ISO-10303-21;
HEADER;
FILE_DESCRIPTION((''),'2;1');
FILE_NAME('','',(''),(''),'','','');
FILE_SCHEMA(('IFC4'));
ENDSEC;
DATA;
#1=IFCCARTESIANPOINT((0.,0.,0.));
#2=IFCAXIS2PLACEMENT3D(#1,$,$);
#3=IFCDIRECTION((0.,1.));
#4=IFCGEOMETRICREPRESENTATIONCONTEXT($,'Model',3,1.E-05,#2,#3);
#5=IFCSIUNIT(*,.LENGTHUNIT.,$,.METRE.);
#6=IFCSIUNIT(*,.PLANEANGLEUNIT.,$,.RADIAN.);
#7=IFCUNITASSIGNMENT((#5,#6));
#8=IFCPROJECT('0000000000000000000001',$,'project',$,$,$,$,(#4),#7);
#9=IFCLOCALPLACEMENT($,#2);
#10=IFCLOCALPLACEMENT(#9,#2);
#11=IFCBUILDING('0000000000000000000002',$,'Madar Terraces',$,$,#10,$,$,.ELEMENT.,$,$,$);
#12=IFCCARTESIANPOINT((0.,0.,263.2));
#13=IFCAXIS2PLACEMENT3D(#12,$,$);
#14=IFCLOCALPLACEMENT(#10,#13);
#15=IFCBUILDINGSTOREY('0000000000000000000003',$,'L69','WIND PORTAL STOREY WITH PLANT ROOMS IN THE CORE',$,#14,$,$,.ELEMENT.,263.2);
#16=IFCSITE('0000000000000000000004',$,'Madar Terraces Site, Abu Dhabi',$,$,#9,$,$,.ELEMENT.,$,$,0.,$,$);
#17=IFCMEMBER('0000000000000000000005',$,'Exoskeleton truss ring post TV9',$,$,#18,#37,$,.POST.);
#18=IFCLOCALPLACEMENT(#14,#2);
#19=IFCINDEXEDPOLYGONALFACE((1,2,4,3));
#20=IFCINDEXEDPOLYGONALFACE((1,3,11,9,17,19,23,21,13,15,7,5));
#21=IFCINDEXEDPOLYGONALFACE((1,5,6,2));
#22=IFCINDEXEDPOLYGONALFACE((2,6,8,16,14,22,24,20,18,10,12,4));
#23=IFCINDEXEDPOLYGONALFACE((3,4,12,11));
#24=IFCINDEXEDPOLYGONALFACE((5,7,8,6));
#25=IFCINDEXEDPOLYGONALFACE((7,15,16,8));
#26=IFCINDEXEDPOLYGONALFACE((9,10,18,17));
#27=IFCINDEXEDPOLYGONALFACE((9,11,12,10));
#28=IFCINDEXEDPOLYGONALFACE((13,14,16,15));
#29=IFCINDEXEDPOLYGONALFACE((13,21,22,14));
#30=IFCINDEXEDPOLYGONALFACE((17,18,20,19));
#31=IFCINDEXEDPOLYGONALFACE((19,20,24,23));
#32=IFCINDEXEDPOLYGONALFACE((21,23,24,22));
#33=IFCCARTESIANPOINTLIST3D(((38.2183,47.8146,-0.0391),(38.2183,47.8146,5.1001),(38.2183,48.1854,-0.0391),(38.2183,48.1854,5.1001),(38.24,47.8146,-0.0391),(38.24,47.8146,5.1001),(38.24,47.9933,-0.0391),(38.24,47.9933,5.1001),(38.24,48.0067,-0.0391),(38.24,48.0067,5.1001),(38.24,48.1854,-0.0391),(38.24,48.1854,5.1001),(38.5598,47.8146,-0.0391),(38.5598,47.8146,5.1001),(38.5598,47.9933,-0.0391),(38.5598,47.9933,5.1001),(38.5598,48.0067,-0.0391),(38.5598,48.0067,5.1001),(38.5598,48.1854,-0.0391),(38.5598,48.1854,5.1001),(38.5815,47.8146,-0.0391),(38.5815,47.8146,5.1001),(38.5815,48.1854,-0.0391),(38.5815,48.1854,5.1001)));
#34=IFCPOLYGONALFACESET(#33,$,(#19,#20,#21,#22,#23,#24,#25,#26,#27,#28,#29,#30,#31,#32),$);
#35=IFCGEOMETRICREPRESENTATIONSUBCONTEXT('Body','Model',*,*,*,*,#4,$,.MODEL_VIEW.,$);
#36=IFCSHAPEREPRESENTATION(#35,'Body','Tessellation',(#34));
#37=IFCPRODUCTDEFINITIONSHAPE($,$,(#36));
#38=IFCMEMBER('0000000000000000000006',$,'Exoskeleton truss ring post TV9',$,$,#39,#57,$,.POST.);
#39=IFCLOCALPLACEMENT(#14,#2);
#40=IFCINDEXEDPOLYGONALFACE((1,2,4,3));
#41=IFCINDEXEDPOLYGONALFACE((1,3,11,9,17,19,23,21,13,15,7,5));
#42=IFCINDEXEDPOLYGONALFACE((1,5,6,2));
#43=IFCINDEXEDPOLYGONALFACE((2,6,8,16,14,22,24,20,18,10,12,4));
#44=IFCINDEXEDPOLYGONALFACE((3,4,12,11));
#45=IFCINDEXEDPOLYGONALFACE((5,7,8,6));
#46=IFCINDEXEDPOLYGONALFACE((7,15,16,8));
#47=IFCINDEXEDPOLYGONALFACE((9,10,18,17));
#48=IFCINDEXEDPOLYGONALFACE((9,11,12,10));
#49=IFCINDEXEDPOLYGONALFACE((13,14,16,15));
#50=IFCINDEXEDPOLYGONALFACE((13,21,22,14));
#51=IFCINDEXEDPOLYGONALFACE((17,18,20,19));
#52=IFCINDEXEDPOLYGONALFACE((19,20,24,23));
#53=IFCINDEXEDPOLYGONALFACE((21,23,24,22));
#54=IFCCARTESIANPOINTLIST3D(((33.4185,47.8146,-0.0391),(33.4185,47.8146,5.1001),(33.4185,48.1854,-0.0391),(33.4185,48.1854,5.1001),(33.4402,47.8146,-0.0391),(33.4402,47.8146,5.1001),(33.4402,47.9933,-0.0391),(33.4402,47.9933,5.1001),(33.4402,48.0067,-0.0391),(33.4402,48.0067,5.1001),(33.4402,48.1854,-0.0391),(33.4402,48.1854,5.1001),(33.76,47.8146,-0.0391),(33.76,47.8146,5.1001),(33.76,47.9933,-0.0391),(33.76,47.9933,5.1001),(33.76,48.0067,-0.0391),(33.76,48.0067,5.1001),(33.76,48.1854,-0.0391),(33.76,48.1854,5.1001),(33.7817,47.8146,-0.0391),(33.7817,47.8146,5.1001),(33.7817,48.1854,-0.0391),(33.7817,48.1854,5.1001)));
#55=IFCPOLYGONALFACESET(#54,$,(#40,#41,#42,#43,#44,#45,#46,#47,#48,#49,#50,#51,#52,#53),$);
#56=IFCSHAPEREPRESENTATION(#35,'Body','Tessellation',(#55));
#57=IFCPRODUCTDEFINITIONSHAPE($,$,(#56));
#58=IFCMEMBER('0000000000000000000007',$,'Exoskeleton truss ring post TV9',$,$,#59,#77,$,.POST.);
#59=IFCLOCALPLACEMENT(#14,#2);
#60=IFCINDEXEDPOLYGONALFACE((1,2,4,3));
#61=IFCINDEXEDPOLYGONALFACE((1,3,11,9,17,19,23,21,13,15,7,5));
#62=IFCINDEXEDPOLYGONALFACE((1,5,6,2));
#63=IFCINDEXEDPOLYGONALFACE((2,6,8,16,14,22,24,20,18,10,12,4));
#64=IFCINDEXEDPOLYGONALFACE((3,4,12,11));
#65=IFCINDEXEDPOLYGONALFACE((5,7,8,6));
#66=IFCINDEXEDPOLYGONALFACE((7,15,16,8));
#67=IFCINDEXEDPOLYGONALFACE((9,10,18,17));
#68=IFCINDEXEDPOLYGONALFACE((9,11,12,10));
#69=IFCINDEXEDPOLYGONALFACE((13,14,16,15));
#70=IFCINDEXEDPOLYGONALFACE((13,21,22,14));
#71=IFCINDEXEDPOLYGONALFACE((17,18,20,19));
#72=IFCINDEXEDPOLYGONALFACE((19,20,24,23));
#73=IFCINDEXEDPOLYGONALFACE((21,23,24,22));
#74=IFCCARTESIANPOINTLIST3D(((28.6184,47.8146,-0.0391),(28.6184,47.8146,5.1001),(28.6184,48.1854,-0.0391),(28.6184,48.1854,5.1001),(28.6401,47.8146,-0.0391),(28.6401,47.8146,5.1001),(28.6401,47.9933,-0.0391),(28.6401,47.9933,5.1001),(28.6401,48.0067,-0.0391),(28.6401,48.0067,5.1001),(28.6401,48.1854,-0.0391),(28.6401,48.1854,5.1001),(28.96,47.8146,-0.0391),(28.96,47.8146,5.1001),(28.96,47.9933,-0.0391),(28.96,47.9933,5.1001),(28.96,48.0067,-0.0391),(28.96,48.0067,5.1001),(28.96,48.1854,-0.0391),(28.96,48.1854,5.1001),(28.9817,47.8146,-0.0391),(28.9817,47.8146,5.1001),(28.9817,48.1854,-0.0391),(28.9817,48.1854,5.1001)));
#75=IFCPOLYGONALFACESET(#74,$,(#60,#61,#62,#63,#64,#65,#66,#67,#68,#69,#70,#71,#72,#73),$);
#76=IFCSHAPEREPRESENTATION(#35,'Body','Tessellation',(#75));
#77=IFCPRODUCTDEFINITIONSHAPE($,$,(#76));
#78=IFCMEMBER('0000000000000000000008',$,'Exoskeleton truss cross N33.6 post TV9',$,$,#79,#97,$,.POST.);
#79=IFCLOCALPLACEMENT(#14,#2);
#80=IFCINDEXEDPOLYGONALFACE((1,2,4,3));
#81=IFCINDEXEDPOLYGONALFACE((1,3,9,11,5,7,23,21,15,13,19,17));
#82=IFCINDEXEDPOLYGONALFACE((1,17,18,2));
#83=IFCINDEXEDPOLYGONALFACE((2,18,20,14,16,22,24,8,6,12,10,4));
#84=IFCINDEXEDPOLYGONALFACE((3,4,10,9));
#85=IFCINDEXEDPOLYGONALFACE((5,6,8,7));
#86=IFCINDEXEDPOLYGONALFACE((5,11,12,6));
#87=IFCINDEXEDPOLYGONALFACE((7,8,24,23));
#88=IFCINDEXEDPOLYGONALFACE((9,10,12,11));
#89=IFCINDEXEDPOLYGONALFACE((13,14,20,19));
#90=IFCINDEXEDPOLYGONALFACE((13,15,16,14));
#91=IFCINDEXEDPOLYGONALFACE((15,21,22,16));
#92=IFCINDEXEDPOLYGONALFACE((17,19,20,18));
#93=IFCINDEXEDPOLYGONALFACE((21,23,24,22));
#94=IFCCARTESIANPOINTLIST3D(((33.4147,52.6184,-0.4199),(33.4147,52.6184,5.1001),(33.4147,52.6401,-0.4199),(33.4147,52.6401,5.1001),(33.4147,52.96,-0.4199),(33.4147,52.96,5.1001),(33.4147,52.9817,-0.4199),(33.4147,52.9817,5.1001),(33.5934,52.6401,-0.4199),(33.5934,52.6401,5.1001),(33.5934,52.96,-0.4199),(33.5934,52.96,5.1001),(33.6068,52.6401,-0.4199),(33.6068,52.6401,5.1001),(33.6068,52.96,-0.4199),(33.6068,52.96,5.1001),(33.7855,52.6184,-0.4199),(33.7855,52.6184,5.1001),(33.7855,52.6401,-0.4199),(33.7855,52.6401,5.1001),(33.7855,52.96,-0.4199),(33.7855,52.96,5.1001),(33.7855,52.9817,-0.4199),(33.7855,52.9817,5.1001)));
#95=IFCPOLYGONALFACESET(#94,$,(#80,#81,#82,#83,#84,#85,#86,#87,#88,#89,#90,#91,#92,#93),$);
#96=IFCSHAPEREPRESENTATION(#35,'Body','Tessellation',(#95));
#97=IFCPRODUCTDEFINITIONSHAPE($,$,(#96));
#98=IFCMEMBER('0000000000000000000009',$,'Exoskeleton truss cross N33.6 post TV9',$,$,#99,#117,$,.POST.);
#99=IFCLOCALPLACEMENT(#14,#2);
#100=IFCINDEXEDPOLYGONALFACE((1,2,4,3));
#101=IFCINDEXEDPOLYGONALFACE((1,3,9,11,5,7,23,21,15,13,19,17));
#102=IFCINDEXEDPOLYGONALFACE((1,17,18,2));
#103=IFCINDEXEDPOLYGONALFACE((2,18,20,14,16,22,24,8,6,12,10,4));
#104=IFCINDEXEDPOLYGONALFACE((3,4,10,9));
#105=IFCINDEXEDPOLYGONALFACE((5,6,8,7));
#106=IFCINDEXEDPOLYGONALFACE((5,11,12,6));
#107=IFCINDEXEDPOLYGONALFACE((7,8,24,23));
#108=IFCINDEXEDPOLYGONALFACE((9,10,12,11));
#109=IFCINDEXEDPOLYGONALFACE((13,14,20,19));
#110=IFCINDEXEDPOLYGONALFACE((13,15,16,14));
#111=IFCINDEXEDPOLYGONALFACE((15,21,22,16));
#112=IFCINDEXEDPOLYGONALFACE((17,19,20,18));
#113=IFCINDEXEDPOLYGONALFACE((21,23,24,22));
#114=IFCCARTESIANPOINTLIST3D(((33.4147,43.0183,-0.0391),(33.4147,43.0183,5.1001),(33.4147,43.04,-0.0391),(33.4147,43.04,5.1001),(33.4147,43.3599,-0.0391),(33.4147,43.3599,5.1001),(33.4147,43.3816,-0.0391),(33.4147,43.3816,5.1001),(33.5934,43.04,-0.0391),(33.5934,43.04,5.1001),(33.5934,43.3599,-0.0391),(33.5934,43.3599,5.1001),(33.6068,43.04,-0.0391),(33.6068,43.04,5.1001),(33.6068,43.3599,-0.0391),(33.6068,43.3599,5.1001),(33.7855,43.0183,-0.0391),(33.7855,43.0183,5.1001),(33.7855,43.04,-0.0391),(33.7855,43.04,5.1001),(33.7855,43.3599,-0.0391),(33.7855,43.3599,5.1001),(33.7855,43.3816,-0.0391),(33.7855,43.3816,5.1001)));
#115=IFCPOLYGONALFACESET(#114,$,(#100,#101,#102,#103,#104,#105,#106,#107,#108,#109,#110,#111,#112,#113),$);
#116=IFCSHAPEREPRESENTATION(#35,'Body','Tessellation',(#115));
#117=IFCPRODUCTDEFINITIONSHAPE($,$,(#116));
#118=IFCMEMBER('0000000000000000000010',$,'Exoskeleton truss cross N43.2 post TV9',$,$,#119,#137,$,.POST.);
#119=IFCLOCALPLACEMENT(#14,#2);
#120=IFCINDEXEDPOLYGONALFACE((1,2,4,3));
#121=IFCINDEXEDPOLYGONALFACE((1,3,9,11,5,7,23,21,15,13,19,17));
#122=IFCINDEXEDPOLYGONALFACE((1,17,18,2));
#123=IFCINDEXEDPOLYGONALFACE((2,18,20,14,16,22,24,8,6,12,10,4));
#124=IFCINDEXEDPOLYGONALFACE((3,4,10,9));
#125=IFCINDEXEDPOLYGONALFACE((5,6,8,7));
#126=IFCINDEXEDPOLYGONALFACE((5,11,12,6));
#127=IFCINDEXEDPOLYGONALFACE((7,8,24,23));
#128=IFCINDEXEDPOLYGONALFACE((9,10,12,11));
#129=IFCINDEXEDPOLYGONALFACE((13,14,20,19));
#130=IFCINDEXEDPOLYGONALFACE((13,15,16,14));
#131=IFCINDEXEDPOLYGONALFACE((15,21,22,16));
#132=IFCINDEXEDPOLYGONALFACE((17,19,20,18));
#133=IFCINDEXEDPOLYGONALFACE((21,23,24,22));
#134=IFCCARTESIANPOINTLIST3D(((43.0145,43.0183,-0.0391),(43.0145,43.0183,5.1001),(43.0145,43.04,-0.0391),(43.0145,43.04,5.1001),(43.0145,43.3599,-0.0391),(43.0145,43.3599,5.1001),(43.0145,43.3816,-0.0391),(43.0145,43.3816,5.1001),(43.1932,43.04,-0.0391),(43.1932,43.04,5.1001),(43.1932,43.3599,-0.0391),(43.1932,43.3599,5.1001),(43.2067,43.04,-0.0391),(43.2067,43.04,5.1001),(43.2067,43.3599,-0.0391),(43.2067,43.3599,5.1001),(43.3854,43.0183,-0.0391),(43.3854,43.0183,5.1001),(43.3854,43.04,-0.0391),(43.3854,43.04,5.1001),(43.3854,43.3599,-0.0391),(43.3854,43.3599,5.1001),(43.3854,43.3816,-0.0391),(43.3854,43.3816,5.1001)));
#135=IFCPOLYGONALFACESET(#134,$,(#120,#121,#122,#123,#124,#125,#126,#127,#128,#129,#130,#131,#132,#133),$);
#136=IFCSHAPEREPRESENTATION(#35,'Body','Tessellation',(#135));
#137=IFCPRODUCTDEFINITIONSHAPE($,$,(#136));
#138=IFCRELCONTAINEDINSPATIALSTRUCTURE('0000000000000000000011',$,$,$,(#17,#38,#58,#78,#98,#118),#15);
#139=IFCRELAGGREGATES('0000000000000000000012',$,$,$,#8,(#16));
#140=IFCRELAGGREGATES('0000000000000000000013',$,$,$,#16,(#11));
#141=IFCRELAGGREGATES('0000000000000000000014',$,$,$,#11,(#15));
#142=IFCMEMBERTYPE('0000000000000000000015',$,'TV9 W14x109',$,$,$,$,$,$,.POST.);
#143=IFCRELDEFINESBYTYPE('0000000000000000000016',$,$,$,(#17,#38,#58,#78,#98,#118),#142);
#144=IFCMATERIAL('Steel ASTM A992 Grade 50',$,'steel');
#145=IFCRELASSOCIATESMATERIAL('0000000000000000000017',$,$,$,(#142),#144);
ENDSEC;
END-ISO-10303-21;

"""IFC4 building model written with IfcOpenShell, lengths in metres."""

from ifc_helpers import new_model, si_unit, direction, frame, origin, origin_2d, place, context, subcontext, project, spatial, i_section, extrude, material, material_profile, profile_set, type_object, element, save


model = new_model("IFC4")

# Units and contexts
model_context = context("Model", 3, precision=1e-05, world=origin(), true_north=direction((0.0, 1.0)))
body_context = subcontext(model_context, "Body", "Model", "MODEL_VIEW")
ifc_project = project(units=[si_unit("LENGTHUNIT", "METRE"), si_unit("PLANEANGLEUNIT", "RADIAN")], contexts=[model_context])

# Site, building, storey
site_placement = place(None, origin())
site = spatial("IfcSite", under=ifc_project, at=site_placement, Name="Madar Terraces Site, Abu Dhabi", CompositionType="ELEMENT", RefElevation=0.0)
building_placement = place(site_placement, origin())
building = spatial("IfcBuilding", under=site, at=building_placement, Name="Madar Terraces", CompositionType="ELEMENT")
storey_placement = place(building_placement, frame((0.0, 0.0, 263.2)))
storey = spatial("IfcBuildingStorey", under=building, at=storey_placement, Name="L69", Description="WIND PORTAL STOREY WITH PLANT ROOMS IN THE CORE", CompositionType="ELEMENT", Elevation=263.2)

# Members
ifc_material_1 = material(Name="Steel ASTM A992 Grade 50", Category="steel")
ifc_material_profile_1 = material_profile(ifc_material_1, i_section(OverallWidth=0.3708, OverallDepth=0.3633, WebThickness=0.0134, FlangeThickness=0.0217, at=origin_2d()), Name="W14x109")
ifc_profile_set_1 = profile_set([ifc_material_profile_1], Name="Steel ASTM A992 Grade 50")
member_type_1 = type_object("IfcMemberType", Name="TV9 W14x109", PredefinedType="POST", material=ifc_profile_set_1)
for number, where, z_axis, x_axis, name in (
    (1, (38.3999, 48.0, -0.0391), (0.0, 0.0, 1.0), (0.0, -1.0, 0.0), "Exoskeleton truss ring post TV9"),
    (2, (33.6001, 48.0, -0.0391), (0.0, 0.0, 1.0), (0.0, -1.0, 0.0), "Exoskeleton truss ring post TV9"),
    (3, (28.8, 48.0, -0.0391), (0.0, 0.0, 1.0), (0.0, -1.0, 0.0), "Exoskeleton truss ring post TV9"),
):
    element("IfcMember", number, at=place(storey_placement, frame(where, z_axis=z_axis, x_axis=x_axis)), inside=storey, type_object=member_type_1, Name=name, PredefinedType="POST", context=body_context, shape_type="SweptSolid", body=[
        extrude(i_section(OverallWidth=0.3708, OverallDepth=0.3633, WebThickness=0.0134, FlangeThickness=0.0217, at=origin_2d()), origin(), (0.0, 0.0, 1.0), 5.1392),
    ])
member_1_placement = place(storey_placement, frame((33.6001, 52.8, -0.4199), z_axis=(0.0, 0.0, 1.0), x_axis=(-1.0, 0.0, 0.0)))
element("IfcMember", 4, at=member_1_placement, inside=storey, type_object=member_type_1, Name="Exoskeleton truss cross N33.6 post TV9", PredefinedType="POST", context=body_context, shape_type="SweptSolid", body=[
    extrude(i_section(OverallWidth=0.3708, OverallDepth=0.3633, WebThickness=0.0134, FlangeThickness=0.0217, at=origin_2d()), origin(), (0.0, 0.0, 1.0), 5.52),
])
for number, where, z_axis, x_axis, name in (
    (5, (33.6001, 43.2, -0.0391), (0.0, 0.0, 1.0), (-1.0, 0.0, 0.0), "Exoskeleton truss cross N33.6 post TV9"),
    (6, (43.2, 43.2, -0.0391), (0.0, 0.0, 1.0), (-1.0, 0.0, 0.0), "Exoskeleton truss cross N43.2 post TV9"),
):
    element("IfcMember", number, at=place(storey_placement, frame(where, z_axis=z_axis, x_axis=x_axis)), inside=storey, type_object=member_type_1, Name=name, PredefinedType="POST", context=body_context, shape_type="SweptSolid", body=[
        extrude(i_section(OverallWidth=0.3708, OverallDepth=0.3633, WebThickness=0.0134, FlangeThickness=0.0217, at=origin_2d()), origin(), (0.0, 0.0, 1.0), 5.1392),
    ])

save(model, "model.ifc")
